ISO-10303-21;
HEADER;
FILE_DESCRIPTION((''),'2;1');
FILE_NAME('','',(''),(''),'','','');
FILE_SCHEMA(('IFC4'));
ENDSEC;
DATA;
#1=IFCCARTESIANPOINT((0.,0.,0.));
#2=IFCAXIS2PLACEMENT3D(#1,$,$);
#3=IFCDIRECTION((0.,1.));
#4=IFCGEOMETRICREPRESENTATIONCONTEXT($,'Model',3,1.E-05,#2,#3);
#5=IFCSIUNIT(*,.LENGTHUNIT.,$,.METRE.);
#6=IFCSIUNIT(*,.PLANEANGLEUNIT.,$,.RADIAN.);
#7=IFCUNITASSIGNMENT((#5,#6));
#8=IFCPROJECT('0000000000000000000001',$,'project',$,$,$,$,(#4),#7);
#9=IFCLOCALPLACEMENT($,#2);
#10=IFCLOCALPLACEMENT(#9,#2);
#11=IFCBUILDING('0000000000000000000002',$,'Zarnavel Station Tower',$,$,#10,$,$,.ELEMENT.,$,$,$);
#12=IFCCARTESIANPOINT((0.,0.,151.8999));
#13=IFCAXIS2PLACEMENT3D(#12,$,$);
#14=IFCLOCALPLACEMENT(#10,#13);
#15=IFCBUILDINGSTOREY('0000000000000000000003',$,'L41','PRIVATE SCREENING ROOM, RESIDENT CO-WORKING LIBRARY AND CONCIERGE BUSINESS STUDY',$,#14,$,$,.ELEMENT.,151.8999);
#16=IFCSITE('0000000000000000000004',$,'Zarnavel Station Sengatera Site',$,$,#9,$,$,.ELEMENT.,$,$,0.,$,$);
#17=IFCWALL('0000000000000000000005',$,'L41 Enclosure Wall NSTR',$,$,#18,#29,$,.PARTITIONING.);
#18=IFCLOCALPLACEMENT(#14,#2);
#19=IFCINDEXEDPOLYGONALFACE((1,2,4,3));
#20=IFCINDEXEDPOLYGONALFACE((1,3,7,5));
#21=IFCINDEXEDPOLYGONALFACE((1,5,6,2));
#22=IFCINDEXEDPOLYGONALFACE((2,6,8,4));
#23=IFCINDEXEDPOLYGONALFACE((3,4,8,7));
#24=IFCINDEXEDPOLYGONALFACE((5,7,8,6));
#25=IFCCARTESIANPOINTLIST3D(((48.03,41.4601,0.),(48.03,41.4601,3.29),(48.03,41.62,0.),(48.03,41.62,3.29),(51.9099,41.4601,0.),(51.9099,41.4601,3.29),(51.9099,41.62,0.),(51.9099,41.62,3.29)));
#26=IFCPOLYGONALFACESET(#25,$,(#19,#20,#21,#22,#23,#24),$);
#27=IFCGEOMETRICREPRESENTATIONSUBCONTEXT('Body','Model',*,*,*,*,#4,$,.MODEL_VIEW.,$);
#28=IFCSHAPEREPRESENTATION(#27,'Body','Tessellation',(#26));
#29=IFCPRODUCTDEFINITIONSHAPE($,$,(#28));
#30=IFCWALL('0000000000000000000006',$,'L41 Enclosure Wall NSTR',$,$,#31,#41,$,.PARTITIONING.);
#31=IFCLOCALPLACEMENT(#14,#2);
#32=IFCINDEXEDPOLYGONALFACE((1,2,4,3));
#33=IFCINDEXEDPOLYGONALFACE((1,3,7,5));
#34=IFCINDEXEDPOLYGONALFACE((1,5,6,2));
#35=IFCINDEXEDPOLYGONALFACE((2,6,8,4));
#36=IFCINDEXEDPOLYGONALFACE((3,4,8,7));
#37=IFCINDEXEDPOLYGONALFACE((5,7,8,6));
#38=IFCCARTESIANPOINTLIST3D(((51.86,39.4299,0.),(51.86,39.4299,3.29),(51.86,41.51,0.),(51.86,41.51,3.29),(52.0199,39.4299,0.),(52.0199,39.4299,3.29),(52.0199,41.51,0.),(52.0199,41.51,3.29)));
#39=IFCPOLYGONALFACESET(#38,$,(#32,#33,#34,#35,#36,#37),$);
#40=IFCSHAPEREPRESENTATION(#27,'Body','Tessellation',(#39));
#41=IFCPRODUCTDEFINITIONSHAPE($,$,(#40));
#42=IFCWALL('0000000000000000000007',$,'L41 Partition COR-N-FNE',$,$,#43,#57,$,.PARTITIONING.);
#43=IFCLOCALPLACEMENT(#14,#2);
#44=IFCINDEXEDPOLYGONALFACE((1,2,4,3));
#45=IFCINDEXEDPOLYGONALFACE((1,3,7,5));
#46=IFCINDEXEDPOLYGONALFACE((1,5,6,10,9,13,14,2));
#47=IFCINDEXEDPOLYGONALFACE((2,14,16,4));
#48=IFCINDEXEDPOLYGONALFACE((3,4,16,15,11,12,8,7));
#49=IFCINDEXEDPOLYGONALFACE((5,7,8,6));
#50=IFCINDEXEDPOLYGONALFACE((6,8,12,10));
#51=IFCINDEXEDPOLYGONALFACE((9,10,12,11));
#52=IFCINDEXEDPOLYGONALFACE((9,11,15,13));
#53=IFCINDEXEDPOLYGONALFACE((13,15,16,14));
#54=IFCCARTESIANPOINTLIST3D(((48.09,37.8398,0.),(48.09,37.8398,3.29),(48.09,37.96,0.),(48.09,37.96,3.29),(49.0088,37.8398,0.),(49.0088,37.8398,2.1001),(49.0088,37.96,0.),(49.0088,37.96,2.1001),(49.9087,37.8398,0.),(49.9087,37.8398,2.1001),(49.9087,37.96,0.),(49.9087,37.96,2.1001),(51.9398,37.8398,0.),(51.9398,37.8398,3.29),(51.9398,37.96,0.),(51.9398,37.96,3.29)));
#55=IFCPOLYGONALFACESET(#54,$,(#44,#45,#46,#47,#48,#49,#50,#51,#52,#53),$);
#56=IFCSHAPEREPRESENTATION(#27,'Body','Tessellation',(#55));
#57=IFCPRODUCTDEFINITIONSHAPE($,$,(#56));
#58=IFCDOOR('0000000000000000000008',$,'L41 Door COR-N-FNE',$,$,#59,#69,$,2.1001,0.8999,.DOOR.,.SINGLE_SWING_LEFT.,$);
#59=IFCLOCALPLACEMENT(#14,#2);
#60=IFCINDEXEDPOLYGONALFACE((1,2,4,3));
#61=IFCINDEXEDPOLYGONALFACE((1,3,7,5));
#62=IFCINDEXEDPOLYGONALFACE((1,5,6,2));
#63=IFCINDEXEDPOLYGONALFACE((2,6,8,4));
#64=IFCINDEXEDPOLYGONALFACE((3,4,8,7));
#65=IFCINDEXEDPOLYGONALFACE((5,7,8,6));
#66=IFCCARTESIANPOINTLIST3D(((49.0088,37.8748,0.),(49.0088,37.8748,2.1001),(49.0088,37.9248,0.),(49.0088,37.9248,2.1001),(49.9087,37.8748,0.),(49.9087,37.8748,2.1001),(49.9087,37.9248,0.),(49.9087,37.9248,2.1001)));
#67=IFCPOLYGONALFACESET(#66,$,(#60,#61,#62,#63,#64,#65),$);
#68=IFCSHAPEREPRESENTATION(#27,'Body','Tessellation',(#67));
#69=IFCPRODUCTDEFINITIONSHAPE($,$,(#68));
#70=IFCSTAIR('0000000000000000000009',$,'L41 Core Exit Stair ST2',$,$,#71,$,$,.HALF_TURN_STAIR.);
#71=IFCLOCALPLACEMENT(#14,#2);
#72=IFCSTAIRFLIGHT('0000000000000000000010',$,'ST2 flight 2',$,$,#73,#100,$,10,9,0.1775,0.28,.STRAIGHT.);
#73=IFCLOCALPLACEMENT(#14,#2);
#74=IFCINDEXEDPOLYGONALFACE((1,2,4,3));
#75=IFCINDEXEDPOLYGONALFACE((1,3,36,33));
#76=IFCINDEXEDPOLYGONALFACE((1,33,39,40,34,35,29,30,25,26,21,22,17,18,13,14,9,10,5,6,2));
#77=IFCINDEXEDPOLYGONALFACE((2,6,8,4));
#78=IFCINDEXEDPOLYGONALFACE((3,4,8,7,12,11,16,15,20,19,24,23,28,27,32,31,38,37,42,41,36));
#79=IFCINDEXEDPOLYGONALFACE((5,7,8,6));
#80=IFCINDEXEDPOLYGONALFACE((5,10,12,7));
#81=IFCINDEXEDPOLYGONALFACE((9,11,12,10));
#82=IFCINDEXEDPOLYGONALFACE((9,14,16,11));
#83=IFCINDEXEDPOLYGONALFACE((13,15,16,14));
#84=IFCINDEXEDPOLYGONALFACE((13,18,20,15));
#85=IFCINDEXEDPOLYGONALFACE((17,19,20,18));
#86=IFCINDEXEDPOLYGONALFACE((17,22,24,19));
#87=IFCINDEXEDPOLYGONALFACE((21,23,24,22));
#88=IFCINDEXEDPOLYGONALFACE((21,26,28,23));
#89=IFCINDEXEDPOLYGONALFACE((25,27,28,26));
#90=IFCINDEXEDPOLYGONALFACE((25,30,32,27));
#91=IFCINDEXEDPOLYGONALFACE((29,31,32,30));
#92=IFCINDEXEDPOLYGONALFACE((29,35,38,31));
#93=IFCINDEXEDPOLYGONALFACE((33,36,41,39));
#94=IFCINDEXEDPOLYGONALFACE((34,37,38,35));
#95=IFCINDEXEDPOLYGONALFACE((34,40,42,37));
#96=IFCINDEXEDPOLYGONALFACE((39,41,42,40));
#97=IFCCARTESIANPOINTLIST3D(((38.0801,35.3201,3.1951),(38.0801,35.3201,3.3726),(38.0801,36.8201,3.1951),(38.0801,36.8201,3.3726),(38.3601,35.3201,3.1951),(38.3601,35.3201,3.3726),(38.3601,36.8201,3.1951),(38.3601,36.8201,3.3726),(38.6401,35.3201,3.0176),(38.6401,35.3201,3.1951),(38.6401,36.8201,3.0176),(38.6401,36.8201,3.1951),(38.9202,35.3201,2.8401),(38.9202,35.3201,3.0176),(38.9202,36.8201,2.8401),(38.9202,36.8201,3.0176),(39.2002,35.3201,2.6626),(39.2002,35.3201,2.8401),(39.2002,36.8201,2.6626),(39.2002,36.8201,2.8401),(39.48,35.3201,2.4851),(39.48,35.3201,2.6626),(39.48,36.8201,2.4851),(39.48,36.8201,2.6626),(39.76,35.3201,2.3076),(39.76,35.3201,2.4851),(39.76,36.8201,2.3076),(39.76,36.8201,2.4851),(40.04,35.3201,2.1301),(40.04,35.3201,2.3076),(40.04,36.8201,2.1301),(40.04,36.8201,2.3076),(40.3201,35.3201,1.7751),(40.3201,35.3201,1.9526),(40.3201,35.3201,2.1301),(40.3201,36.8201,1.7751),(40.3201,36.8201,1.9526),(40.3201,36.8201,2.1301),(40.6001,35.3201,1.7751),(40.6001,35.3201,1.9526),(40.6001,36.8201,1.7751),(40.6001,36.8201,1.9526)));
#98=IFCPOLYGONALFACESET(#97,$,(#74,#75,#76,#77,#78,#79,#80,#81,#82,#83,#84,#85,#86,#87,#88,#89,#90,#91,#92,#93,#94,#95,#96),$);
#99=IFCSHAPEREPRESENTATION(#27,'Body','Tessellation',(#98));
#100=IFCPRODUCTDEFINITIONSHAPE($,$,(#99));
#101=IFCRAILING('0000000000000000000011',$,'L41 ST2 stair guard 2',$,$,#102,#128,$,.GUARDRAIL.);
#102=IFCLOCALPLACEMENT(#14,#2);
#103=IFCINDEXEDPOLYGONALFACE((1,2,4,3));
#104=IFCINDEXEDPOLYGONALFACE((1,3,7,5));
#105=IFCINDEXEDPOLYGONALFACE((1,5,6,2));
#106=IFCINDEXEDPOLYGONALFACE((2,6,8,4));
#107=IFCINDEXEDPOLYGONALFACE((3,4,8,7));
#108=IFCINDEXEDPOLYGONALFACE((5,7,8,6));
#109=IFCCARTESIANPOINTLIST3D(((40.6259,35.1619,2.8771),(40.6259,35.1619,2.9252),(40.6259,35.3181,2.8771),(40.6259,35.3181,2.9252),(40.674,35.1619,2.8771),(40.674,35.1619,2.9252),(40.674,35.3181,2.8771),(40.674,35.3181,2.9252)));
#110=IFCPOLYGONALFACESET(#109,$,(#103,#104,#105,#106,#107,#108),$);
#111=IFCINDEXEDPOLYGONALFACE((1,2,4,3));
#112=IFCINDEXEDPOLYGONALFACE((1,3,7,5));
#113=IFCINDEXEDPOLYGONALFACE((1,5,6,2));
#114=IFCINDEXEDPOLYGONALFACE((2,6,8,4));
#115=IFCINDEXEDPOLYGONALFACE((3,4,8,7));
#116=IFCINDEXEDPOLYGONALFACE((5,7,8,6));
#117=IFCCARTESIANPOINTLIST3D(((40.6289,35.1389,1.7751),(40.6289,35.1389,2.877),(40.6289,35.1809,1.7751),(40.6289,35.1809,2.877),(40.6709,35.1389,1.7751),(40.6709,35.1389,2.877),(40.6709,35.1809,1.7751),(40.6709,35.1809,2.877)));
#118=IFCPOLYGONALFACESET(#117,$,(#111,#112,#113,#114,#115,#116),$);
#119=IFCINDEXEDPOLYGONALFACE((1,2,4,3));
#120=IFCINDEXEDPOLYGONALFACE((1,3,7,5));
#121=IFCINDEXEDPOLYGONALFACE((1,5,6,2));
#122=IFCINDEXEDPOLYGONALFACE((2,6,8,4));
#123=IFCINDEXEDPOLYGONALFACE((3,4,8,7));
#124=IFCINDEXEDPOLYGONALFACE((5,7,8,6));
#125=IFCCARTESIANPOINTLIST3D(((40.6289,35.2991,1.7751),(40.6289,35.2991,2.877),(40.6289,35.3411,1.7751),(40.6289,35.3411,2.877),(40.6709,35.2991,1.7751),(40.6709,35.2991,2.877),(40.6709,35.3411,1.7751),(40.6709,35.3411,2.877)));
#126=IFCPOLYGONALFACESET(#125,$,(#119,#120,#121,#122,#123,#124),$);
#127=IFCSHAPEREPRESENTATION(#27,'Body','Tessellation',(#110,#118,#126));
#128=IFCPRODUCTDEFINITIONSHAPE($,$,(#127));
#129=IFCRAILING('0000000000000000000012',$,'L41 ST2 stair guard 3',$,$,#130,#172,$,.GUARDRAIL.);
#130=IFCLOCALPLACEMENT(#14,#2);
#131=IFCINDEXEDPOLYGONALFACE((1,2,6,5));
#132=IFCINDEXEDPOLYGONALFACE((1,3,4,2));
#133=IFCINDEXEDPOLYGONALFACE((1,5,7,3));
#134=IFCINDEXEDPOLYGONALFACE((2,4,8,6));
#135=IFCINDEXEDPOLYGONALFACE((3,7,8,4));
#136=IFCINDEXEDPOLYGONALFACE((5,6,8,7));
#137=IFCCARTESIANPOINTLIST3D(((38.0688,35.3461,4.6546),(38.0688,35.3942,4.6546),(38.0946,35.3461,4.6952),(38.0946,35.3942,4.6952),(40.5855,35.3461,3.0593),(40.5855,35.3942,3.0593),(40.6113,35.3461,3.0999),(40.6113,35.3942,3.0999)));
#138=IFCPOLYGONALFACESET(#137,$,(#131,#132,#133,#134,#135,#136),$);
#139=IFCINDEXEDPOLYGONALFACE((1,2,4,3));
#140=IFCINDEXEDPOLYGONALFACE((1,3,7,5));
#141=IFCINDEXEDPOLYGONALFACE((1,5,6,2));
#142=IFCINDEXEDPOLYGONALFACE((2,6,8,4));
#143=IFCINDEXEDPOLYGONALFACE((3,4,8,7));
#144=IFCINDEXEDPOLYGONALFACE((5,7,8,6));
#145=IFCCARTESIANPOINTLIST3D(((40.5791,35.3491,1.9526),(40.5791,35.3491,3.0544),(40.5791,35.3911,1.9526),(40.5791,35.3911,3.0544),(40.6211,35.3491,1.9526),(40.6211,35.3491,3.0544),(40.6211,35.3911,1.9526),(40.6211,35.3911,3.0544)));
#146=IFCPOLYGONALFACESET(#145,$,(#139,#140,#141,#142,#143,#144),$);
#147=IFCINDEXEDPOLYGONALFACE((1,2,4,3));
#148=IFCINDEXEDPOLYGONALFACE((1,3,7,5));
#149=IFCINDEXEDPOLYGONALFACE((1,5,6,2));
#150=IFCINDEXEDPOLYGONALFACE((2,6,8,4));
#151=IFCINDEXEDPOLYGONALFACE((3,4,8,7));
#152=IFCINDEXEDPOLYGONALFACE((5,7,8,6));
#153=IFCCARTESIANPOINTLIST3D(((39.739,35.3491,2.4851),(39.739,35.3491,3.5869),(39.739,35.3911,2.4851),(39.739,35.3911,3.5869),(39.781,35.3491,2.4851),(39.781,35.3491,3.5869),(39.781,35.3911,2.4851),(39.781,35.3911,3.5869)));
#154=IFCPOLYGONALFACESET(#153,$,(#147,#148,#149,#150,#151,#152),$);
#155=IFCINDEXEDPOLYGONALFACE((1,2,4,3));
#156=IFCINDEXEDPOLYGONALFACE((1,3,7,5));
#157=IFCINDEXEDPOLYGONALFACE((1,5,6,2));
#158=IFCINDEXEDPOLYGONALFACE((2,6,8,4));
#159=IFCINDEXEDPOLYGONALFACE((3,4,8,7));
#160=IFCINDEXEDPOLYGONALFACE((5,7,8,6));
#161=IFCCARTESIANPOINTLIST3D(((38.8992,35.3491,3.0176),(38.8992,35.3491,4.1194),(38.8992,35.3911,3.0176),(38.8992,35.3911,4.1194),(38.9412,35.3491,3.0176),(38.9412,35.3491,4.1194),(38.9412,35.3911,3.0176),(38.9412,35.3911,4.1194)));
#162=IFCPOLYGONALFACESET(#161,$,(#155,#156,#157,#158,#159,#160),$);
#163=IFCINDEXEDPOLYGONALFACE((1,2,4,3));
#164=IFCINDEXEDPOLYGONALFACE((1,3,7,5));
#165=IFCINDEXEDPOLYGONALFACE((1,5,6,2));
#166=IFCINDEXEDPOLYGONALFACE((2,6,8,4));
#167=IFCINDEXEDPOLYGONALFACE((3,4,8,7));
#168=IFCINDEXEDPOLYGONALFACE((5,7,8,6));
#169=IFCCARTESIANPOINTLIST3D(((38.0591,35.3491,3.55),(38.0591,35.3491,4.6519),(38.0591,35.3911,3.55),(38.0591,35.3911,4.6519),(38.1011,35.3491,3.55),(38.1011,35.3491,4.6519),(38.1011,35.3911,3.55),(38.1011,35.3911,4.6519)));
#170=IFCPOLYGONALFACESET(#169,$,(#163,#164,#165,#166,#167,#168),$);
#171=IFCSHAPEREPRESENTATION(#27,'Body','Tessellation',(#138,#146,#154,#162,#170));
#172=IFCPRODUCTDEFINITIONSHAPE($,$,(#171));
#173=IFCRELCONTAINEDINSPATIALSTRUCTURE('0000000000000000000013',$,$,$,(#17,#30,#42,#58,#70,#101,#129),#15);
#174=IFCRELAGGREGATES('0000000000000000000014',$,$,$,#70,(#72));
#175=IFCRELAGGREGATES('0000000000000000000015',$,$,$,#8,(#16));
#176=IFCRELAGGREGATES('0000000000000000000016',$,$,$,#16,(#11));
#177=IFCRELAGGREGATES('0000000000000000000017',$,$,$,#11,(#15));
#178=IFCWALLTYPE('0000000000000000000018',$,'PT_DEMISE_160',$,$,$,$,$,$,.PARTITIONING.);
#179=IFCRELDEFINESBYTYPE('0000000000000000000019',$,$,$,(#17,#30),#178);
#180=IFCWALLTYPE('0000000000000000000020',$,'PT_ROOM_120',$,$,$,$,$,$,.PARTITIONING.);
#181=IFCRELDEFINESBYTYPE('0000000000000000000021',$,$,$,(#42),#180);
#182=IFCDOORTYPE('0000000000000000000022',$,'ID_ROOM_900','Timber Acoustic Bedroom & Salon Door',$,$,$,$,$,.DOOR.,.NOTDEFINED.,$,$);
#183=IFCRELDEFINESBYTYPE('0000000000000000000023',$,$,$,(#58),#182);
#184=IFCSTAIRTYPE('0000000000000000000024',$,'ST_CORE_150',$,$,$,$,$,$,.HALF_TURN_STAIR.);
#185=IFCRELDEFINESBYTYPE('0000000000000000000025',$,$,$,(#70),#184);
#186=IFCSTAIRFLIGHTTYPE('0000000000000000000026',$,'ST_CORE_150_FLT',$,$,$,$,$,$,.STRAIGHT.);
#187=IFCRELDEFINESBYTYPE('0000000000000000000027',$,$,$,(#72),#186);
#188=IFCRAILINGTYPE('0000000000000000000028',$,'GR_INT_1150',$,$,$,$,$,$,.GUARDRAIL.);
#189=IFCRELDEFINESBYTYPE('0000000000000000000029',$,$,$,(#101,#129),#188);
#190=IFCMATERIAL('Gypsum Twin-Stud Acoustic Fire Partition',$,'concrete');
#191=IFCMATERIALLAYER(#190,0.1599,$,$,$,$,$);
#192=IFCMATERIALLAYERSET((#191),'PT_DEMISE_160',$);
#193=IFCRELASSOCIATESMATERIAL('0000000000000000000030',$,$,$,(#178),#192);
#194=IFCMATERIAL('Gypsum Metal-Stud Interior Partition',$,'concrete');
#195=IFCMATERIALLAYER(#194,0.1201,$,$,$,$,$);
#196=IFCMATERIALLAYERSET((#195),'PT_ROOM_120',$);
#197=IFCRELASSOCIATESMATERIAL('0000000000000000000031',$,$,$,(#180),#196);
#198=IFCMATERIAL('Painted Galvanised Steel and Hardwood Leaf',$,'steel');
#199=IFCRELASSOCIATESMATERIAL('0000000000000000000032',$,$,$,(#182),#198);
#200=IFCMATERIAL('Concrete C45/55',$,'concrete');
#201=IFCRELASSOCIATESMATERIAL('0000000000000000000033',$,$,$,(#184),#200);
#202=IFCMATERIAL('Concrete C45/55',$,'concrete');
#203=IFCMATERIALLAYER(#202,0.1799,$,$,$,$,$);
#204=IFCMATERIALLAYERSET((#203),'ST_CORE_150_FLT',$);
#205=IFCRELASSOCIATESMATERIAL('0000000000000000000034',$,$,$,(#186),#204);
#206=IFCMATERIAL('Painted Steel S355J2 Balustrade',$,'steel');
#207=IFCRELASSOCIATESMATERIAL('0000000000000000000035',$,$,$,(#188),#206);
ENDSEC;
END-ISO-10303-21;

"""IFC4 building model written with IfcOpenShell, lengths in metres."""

from ifc_helpers import new_model, si_unit, direction, frame, frame_2d, origin, origin_2d, place, context, subcontext, project, spatial, polyline, rectangle, outline, extrude, material, layer, layer_set, type_object, element, fill, aggregate, save


model = new_model("IFC4")

# Units and contexts
model_context = context("Model", 3, precision=1e-05, world=origin(), true_north=direction((0.0, 1.0)))
body_context = subcontext(model_context, "Body", "Model", "MODEL_VIEW")
ifc_project = project(units=[si_unit("LENGTHUNIT", "METRE"), si_unit("PLANEANGLEUNIT", "RADIAN")], contexts=[model_context])

# Site, building, storey
site_placement = place(None, origin())
site = spatial("IfcSite", under=ifc_project, at=site_placement, Name="Zarnavel Station Sengatera Site", CompositionType="ELEMENT", RefElevation=0.0)
building_placement = place(site_placement, origin())
building = spatial("IfcBuilding", under=site, at=building_placement, Name="Zarnavel Station Tower", CompositionType="ELEMENT")
storey_placement = place(building_placement, frame((0.0, 0.0, 151.8999)))
storey = spatial("IfcBuildingStorey", under=building, at=storey_placement, Name="L41", Description="PRIVATE SCREENING ROOM, RESIDENT CO-WORKING LIBRARY AND CONCIERGE BUSINESS STUDY", CompositionType="ELEMENT", Elevation=151.8999)

# Walls
ifc_material_1 = material(Name="Gypsum Twin-Stud Acoustic Fire Partition", Category="concrete")
ifc_layer_1 = layer(ifc_material_1, 0.1599)
ifc_layer_set_1 = layer_set([ifc_layer_1], Name="PT_DEMISE_160")
wall_type_1 = type_object("IfcWallType", Name="PT_DEMISE_160", PredefinedType="PARTITIONING", material=ifc_layer_set_1)
wall_1_placement = place(storey_placement, frame((48.03, 41.54, 0.0), z_axis=(0.0, 0.0, 1.0), x_axis=(1.0, 0.0, 0.0)))
element("IfcWall", 1, at=wall_1_placement, inside=storey, type_object=wall_type_1, Name="L41 Enclosure Wall NSTR", PredefinedType="PARTITIONING", context=body_context, shape_type="SweptSolid", body=[
    extrude(rectangle(XDim=3.8799, YDim=0.1599, at=frame_2d((1.9399, 0.0))), origin(), (0.0, 0.0, 1.0), 3.29),
])
wall_2_placement = place(storey_placement, frame((51.9399, 39.4299, 0.0), z_axis=(0.0, 0.0, 1.0), x_axis=(0.0, 1.0, 0.0)))
element("IfcWall", 2, at=wall_2_placement, inside=storey, type_object=wall_type_1, Name="L41 Enclosure Wall NSTR", PredefinedType="PARTITIONING", context=body_context, shape_type="SweptSolid", body=[
    extrude(rectangle(XDim=2.0801, YDim=0.1599, at=frame_2d((1.04, 0.0))), origin(), (0.0, 0.0, 1.0), 3.29),
])

# Wall, opening, door
ifc_material_2 = material(Name="Gypsum Metal-Stud Interior Partition", Category="concrete")
ifc_layer_2 = layer(ifc_material_2, 0.1201)
ifc_layer_set_2 = layer_set([ifc_layer_2], Name="PT_ROOM_120")
wall_type_2 = type_object("IfcWallType", Name="PT_ROOM_120", PredefinedType="PARTITIONING", material=ifc_layer_set_2)
wall_3_placement = place(storey_placement, frame((48.0901, 37.8999, 0.0), z_axis=(0.0, 0.0, 1.0), x_axis=(1.0, 0.0, 0.0)))
wall_3 = element("IfcWall", 3, at=wall_3_placement, inside=storey, type_object=wall_type_2, Name="L41 Partition COR-N-FNE", PredefinedType="PARTITIONING", context=body_context, shape_type="SweptSolid", body=[
    extrude(rectangle(XDim=3.8499, YDim=0.1201, at=frame_2d((1.9248, 0.0))), origin(), (0.0, 0.0, 1.0), 3.29),
])
opening_1_placement = place(wall_3_placement, frame((0.9187, 0.0, 0.0)))
opening_1 = element("IfcOpeningElement", 4, at=opening_1_placement, cuts=wall_3, PredefinedType="OPENING", context=body_context, shape_type="SweptSolid", body=[
    extrude(rectangle(XDim=0.8999, YDim=2.1001, at=frame_2d((0.45, 1.05))), frame((0.0, 0.0701, 0.0), z_axis=(0.0, -1.0, 0.0), x_axis=(1.0, 0.0, 0.0)), (0.0, 0.0, 1.0), 0.1401),
])
ifc_material_3 = material(Name="Painted Galvanised Steel and Hardwood Leaf", Category="steel")
door_type_1 = type_object("IfcDoorType", Name="ID_ROOM_900", Description="Timber Acoustic Bedroom & Salon Door", OperationType="NOTDEFINED", PredefinedType="DOOR", material=ifc_material_3)
door_1_placement = place(opening_1_placement, origin())
door_1 = element("IfcDoor", 5, at=door_1_placement, inside=storey, type_object=door_type_1, Name="L41 Door COR-N-FNE", OperationType="SINGLE_SWING_LEFT", OverallHeight=2.1001, OverallWidth=0.8999, PredefinedType="DOOR", context=body_context, shape_type="SweptSolid", body=[
    extrude(rectangle(XDim=0.8999, YDim=2.1001, at=frame_2d((0.45, 1.05))), frame((0.0, 0.0249, 0.0), z_axis=(0.0, -1.0, 0.0), x_axis=(1.0, 0.0, 0.0)), (0.0, 0.0, 1.0), 0.05),
])
fill(opening_1, door_1)

# Stair, stair flight
ifc_material_4 = material(Name="Concrete C45/55", Category="concrete")
stair_type = type_object("IfcStairType", Name="ST_CORE_150", PredefinedType="HALF_TURN_STAIR", material=ifc_material_4)
stair_placement = place(storey_placement, origin())
stair = element("IfcStair", 6, at=stair_placement, inside=storey, type_object=stair_type, Name="L41 Core Exit Stair ST2", PredefinedType="HALF_TURN_STAIR")
ifc_material_5 = material(Name="Concrete C45/55", Category="concrete")
ifc_layer_3 = layer(ifc_material_5, 0.1799)
ifc_layer_set_3 = layer_set([ifc_layer_3], Name="ST_CORE_150_FLT")
stair_flight_type = type_object("IfcStairFlightType", Name="ST_CORE_150_FLT", PredefinedType="STRAIGHT", material=ifc_layer_set_3)
stair_flight_placement = place(storey_placement, frame((40.6001, 36.0701, 1.7751), z_axis=(0.0, 0.0, 1.0), x_axis=(-1.0, 0.0, 0.0)))
stair_flight = element("IfcStairFlight", 7, at=stair_flight_placement, type_object=stair_flight_type, Name="ST2 flight 2", NumberOfRisers=10, NumberOfTreads=9, PredefinedType="STRAIGHT", RiserHeight=0.1775, TreadLength=0.28, context=body_context, shape_type="SweptSolid", body=[
    extrude(outline(polyline([(0.0, 0.0), (0.0, 0.1775), (0.28, 0.1775), (0.28, 0.355), (0.5601, 0.355), (0.5601, 0.5325), (0.8401, 0.5325), (0.8401, 0.71), (1.1201, 0.71), (1.1201, 0.8875), (1.3999, 0.8875), (1.3999, 1.0649), (1.6799, 1.0649), (1.6799, 1.2424), (1.96, 1.2424), (1.96, 1.4199), (2.24, 1.4199), (2.24, 1.5974), (2.52, 1.5974), (2.52, 1.7749), (2.52, 1.4199), (0.28, 0.0), (0.0, 0.0)])), frame((0.0, 0.75, 0.0), z_axis=(0.0, -1.0, 0.0), x_axis=(1.0, 0.0, 0.0)), (0.0, 0.0, 1.0), 1.5),
])
aggregate(stair, [stair_flight])

# Railings
ifc_material_6 = material(Name="Painted Steel S355J2 Balustrade", Category="steel")
railing_type_1 = type_object("IfcRailingType", Name="GR_INT_1150", PredefinedType="GUARDRAIL", material=ifc_material_6)
railing_1_placement = place(storey_placement, frame((40.6499, 35.1599, 1.7751)))
element("IfcRailing", 8, at=railing_1_placement, inside=storey, type_object=railing_type_1, Name="L41 ST2 stair guard 2", PredefinedType="GUARDRAIL", context=body_context, shape_type="SweptSolid", body=[
    extrude(rectangle(XDim=0.0481, YDim=0.0481, at=origin_2d()), frame((0.0, 0.002, 1.126), z_axis=(0.0, 1.0, 0.0), x_axis=(-1.0, 0.0, 0.0)), (0.0, 0.0, 1.0), 0.1562),
    extrude(rectangle(XDim=0.042, YDim=0.042, at=origin_2d()), origin(), (0.0, 0.0, 1.0), 1.1018),
    extrude(rectangle(XDim=0.042, YDim=0.042, at=origin_2d()), frame((0.0, 0.1602, 0.0)), (0.0, 0.0, 1.0), 1.1018),
])
railing_2_placement = place(storey_placement, frame((40.6001, 35.3701, 1.9526)))
element("IfcRailing", 9, at=railing_2_placement, inside=storey, type_object=railing_type_1, Name="L41 ST2 stair guard 3", PredefinedType="GUARDRAIL", context=body_context, shape_type="SweptSolid", body=[
    extrude(rectangle(XDim=0.0481, YDim=0.0481, at=origin_2d()), frame((-0.0017, 0.0, 1.127), z_axis=(-0.844607, 0.0, 0.535387), x_axis=(0.0, -1.0, 0.0)), (0.0, 0.0, 1.0), 2.9797),
    extrude(rectangle(XDim=0.042, YDim=0.042, at=origin_2d()), origin(), (0.0, 0.0, 1.0), 1.1018),
    extrude(rectangle(XDim=0.042, YDim=0.042, at=origin_2d()), frame((-0.8401, 0.0, 0.5325)), (0.0, 0.0, 1.0), 1.1018),
    extrude(rectangle(XDim=0.042, YDim=0.042, at=origin_2d()), frame((-1.6799, 0.0, 1.0649)), (0.0, 0.0, 1.0), 1.1018),
    extrude(rectangle(XDim=0.042, YDim=0.042, at=origin_2d()), frame((-2.52, 0.0, 1.5974)), (0.0, 0.0, 1.0), 1.1018),
])

save(model, "model.ifc")
